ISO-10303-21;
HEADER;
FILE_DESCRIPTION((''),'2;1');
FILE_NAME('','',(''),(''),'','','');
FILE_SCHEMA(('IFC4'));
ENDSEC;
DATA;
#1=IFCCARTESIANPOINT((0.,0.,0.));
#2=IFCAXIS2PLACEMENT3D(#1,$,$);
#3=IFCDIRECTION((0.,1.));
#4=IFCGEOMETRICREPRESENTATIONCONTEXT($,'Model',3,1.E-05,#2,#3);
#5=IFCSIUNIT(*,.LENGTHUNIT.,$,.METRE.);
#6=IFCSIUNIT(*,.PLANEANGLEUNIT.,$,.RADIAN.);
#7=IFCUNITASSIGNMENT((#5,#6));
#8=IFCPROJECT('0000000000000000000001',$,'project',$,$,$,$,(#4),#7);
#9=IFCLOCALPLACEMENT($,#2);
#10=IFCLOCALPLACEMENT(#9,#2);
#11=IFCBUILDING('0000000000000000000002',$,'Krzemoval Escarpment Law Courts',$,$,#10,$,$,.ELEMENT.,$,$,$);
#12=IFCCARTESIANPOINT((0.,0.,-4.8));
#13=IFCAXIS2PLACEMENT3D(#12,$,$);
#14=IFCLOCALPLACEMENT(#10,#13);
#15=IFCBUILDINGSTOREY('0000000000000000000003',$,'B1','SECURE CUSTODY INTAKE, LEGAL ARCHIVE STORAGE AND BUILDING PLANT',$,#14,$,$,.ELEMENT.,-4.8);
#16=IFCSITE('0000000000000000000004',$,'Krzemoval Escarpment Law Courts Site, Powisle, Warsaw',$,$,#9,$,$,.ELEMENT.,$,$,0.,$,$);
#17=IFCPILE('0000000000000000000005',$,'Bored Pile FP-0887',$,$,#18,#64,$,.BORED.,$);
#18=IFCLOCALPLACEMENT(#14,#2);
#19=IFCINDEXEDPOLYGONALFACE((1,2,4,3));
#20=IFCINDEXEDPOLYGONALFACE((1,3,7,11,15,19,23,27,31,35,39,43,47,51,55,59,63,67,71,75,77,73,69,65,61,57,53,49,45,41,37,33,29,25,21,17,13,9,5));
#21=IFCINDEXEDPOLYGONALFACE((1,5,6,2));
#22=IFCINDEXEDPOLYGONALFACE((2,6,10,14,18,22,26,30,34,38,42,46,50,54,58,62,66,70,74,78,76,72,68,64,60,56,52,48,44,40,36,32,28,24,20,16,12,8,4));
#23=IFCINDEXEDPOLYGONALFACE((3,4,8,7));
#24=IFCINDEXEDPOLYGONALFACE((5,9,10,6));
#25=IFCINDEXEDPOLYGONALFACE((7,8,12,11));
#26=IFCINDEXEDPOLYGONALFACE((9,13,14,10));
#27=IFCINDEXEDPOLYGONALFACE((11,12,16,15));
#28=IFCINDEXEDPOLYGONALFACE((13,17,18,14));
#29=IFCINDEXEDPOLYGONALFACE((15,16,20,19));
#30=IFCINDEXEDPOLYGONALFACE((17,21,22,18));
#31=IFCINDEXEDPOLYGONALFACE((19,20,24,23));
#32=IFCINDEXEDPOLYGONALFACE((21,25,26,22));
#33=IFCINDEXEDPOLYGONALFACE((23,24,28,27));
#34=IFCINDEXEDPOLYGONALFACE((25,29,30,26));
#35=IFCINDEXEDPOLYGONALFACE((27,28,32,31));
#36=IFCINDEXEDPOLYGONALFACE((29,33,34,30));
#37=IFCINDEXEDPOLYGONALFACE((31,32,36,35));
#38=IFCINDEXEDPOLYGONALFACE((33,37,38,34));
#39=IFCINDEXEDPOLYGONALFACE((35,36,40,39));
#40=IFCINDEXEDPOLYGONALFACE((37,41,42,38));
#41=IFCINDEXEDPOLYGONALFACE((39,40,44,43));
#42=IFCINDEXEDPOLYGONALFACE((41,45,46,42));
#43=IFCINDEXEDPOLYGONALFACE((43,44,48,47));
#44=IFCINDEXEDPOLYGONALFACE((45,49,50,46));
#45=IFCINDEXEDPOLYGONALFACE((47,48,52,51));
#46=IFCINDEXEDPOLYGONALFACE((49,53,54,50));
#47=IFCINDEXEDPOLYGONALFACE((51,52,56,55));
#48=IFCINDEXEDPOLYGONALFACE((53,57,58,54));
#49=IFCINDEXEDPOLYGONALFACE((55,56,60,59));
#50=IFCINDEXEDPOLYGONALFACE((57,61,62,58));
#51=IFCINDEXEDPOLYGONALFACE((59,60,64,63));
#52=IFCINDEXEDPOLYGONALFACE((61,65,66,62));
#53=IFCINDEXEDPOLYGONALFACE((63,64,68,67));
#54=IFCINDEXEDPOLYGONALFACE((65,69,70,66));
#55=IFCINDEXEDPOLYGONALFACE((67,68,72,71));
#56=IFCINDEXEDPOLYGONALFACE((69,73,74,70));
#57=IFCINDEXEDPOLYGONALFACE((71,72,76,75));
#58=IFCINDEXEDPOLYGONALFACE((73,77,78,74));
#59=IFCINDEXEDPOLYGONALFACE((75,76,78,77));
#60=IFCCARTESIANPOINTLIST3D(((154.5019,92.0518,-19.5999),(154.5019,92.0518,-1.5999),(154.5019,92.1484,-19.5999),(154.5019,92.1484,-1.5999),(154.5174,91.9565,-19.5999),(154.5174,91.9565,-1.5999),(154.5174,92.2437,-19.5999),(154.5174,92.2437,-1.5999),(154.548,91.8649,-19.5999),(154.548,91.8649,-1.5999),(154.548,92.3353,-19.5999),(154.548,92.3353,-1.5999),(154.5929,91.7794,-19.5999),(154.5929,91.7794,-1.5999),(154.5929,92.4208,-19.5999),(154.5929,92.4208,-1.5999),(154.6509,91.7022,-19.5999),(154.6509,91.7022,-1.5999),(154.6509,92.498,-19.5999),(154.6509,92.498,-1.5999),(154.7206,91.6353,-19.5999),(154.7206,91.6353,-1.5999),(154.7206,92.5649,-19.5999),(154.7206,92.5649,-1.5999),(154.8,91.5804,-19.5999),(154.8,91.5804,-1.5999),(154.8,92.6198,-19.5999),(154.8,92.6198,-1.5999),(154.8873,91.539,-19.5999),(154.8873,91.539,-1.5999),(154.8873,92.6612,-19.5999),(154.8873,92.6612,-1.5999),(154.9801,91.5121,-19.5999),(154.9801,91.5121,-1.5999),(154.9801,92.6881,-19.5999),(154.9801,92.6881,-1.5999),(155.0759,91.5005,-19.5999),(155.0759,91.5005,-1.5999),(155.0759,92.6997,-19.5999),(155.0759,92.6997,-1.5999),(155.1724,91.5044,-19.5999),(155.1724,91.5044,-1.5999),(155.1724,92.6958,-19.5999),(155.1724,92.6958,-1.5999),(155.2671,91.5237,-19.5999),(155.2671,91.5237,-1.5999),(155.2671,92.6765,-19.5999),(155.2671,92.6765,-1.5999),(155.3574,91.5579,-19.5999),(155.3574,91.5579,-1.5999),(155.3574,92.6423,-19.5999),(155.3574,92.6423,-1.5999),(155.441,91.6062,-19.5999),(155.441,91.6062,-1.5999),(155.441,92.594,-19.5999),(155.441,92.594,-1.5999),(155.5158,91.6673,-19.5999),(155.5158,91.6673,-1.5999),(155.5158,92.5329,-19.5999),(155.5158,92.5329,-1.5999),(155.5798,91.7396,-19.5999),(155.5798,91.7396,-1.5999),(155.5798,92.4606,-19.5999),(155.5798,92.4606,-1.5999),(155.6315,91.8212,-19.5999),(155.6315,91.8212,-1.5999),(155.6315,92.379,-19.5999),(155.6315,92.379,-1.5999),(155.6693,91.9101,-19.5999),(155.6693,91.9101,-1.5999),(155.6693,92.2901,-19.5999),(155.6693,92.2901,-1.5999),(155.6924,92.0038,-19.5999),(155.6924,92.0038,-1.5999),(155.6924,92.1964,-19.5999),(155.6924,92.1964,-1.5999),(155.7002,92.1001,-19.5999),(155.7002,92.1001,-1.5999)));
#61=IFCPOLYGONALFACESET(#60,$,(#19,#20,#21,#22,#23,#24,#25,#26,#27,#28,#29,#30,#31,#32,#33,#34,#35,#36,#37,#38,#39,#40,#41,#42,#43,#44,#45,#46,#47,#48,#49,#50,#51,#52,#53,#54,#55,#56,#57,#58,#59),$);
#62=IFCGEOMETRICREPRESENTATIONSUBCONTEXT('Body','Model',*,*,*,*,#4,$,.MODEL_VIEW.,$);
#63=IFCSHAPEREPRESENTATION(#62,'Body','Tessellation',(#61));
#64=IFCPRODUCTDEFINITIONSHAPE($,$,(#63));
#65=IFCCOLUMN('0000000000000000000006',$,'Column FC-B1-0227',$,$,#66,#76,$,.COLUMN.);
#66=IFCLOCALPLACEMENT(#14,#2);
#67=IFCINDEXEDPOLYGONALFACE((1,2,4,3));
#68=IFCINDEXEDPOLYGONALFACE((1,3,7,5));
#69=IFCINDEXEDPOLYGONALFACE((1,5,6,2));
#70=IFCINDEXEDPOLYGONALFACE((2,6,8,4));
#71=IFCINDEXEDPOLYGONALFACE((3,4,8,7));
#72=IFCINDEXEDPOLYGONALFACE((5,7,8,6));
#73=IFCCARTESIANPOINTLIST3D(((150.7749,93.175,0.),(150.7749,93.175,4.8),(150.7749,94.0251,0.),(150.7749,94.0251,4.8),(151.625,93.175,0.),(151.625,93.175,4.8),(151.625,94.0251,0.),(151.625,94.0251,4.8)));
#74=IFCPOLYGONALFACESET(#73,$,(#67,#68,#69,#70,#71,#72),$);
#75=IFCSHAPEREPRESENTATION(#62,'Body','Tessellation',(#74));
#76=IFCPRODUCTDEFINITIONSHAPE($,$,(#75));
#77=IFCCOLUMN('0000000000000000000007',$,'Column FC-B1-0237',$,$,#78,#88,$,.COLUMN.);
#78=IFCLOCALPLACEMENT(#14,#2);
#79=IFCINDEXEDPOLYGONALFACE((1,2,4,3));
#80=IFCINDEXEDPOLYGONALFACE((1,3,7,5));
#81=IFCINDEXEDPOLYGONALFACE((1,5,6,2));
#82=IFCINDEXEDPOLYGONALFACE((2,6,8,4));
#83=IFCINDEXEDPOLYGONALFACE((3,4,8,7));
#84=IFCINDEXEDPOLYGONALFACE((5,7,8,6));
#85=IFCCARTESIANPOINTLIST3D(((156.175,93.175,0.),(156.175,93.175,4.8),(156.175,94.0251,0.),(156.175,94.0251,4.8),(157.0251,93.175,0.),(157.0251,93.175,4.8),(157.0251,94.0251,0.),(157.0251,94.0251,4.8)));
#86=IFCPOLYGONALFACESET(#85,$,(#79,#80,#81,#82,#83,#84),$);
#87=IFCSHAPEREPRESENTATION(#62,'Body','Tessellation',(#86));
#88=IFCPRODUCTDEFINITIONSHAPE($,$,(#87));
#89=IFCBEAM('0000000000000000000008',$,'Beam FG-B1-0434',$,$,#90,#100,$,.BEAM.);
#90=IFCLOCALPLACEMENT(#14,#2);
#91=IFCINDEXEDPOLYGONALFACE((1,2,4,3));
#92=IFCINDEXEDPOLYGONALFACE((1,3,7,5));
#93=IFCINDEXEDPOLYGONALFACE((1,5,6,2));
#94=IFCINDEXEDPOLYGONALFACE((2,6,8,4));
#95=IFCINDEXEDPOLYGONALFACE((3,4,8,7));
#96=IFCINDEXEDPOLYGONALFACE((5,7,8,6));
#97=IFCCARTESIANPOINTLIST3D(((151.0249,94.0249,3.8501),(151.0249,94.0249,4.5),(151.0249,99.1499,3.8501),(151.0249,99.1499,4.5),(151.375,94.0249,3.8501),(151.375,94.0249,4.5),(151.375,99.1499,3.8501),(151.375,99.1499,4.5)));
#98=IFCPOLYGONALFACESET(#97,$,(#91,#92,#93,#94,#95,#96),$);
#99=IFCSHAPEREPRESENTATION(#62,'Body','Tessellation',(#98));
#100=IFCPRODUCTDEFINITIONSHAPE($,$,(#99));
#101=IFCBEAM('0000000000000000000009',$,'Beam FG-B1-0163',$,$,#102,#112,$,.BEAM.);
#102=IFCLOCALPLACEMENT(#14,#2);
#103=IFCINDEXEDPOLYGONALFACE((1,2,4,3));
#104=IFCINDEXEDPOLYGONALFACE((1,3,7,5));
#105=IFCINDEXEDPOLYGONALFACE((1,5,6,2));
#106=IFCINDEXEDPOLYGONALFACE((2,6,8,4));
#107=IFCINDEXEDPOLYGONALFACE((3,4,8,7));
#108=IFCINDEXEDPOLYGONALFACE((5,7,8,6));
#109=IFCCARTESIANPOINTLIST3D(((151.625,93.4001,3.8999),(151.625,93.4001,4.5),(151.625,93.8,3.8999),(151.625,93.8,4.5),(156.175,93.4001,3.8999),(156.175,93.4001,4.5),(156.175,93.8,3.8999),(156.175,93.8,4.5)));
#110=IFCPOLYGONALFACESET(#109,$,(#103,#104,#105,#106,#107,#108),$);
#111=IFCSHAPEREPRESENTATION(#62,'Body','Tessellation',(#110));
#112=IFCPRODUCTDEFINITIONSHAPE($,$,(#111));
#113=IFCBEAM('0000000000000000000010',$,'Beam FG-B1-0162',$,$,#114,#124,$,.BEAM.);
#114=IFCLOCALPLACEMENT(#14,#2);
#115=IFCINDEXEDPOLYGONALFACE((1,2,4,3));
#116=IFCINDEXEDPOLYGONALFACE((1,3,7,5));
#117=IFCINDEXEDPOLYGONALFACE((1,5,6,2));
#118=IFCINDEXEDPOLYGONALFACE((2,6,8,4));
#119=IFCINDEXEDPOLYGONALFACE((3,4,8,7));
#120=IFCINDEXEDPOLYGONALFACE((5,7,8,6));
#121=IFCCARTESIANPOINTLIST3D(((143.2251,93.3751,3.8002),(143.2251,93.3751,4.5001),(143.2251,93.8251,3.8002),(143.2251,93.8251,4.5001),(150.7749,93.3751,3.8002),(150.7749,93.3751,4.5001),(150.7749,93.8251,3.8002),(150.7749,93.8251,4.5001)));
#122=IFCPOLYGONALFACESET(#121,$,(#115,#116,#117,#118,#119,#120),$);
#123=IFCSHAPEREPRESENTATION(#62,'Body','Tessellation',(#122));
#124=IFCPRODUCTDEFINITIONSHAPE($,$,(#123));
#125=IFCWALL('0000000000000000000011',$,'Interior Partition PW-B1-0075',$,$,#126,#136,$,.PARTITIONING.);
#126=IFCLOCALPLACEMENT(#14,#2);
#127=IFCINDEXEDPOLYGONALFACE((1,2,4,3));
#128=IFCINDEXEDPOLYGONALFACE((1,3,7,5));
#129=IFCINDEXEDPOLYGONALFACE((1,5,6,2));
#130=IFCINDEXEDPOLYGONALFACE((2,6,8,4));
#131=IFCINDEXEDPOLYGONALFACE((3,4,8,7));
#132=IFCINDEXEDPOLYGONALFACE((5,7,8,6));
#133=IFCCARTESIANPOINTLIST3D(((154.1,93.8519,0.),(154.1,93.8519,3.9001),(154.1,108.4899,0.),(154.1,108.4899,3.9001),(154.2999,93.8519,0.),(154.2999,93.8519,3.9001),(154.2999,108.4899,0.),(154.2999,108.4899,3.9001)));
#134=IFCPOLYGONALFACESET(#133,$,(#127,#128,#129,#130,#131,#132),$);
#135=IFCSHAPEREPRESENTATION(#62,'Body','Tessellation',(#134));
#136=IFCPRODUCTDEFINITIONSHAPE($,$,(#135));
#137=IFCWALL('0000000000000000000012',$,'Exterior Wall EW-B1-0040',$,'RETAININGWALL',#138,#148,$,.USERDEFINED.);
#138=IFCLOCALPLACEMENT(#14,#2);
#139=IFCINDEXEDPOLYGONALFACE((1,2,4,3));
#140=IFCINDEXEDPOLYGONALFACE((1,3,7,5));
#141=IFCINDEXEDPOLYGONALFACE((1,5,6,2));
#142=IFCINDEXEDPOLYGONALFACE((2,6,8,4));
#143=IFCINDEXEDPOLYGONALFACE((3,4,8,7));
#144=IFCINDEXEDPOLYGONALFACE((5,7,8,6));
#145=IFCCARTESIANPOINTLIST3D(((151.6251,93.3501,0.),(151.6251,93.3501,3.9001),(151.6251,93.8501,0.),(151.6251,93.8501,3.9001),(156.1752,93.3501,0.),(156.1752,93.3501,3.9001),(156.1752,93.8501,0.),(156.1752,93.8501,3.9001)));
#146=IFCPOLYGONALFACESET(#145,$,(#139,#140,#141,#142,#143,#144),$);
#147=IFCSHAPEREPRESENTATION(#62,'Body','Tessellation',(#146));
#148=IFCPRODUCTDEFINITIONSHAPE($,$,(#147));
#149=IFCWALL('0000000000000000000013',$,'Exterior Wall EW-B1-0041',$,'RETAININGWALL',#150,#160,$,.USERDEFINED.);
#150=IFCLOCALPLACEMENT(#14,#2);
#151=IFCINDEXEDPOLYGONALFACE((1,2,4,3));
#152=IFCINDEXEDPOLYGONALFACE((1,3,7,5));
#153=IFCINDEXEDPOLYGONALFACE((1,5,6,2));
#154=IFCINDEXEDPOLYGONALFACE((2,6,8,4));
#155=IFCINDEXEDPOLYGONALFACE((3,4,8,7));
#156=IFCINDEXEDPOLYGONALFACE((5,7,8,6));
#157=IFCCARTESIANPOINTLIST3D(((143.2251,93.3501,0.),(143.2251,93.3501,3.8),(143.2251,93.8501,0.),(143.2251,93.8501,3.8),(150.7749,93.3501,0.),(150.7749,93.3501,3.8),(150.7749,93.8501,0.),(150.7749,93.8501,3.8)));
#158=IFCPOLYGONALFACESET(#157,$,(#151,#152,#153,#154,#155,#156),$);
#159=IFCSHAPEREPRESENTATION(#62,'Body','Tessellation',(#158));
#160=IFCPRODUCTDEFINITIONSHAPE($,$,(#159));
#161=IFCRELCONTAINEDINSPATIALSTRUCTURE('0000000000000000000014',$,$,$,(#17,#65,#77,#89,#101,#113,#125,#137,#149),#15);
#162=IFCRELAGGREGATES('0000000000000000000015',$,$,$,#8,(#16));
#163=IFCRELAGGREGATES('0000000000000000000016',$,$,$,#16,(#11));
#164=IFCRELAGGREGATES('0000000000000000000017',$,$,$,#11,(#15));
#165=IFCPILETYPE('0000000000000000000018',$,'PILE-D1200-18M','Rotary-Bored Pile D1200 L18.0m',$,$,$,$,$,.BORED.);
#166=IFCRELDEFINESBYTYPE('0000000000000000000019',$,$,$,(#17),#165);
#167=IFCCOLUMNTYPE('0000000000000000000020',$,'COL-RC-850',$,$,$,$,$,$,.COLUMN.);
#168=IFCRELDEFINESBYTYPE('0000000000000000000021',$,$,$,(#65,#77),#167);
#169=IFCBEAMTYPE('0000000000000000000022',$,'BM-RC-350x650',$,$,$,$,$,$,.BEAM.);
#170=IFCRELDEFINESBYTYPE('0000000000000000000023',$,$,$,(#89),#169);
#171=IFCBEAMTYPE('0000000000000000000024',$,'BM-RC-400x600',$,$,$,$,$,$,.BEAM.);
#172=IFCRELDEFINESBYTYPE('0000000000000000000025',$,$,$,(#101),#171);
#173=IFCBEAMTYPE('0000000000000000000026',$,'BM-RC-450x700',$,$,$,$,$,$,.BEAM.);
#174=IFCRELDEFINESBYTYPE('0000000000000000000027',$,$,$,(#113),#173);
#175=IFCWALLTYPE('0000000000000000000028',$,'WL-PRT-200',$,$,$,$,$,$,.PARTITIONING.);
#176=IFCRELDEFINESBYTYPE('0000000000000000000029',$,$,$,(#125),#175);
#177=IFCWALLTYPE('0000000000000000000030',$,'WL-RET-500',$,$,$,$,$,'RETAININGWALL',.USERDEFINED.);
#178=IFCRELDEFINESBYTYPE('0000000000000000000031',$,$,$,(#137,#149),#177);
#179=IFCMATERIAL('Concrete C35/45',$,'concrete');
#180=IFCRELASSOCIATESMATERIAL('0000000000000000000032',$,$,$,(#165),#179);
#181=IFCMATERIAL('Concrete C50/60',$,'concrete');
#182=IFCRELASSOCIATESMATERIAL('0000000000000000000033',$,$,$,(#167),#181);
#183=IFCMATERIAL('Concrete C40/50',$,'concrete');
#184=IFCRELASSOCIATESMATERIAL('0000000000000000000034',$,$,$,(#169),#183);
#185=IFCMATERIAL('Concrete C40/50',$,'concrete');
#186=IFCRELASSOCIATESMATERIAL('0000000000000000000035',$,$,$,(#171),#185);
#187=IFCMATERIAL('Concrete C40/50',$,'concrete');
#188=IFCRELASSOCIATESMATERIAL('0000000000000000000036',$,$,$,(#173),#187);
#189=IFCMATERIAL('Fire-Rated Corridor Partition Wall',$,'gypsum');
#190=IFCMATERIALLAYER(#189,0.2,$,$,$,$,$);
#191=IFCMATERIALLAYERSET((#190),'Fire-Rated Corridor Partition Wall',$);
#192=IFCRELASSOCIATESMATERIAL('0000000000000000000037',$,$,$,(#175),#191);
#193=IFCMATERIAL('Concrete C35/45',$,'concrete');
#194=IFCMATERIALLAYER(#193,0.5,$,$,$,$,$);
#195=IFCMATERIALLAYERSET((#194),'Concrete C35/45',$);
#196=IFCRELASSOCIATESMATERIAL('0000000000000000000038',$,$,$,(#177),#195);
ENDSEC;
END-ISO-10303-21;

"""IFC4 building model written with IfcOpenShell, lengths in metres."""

from ifc_helpers import new_model, si_unit, direction, frame, frame_2d, origin, origin_2d, place, context, subcontext, project, spatial, rectangle, circle, extrude, material, layer, layer_set, material_profile, profile_set, type_object, element, save


model = new_model("IFC4")

# Units and contexts
model_context = context("Model", 3, precision=1e-05, world=origin(), true_north=direction((0.0, 1.0)))
body_context = subcontext(model_context, "Body", "Model", "MODEL_VIEW")
ifc_project = project(units=[si_unit("LENGTHUNIT", "METRE"), si_unit("PLANEANGLEUNIT", "RADIAN")], contexts=[model_context])

# Site, building, storey
site_placement = place(None, origin())
site = spatial("IfcSite", under=ifc_project, at=site_placement, Name="Krzemoval Escarpment Law Courts Site, Powisle, Warsaw", CompositionType="ELEMENT", RefElevation=0.0)
building_placement = place(site_placement, origin())
building = spatial("IfcBuilding", under=site, at=building_placement, Name="Krzemoval Escarpment Law Courts", CompositionType="ELEMENT")
storey_placement = place(building_placement, frame((0.0, 0.0, -4.8)))
storey = spatial("IfcBuildingStorey", under=building, at=storey_placement, Name="B1", Description="SECURE CUSTODY INTAKE, LEGAL ARCHIVE STORAGE AND BUILDING PLANT", CompositionType="ELEMENT", Elevation=-4.8)

# Pile
ifc_material_1 = material(Name="Concrete C35/45", Category="concrete")
ifc_material_profile_1 = material_profile(ifc_material_1, circle(Radius=0.6001, at=origin_2d()), Name="PILE D1200")
ifc_profile_set_1 = profile_set([ifc_material_profile_1], Name="Concrete C35/45")
pile_type = type_object("IfcPileType", Name="PILE-D1200-18M", Description="Rotary-Bored Pile D1200 L18.0m", PredefinedType="BORED", material=ifc_profile_set_1)
for number, where, z_axis, x_axis, name in (
    (1, (155.1001, 92.1001, -1.5999), (0.0, 0.0, -1.0), (1.0, 0.0, 0.0), "Bored Pile FP-0887"),
):
    element("IfcPile", number, at=place(storey_placement, frame(where, z_axis=z_axis, x_axis=x_axis)), inside=storey, type_object=pile_type, Name=name, PredefinedType="BORED", context=body_context, shape_type="SweptSolid", body=[
        extrude(circle(Radius=0.6001, at=origin_2d()), origin(), (0.0, 0.0, 1.0), 18.0),
    ])

# Columns
ifc_material_2 = material(Name="Concrete C50/60", Category="concrete")
ifc_material_profile_2 = material_profile(ifc_material_2, rectangle(XDim=0.8501, YDim=0.8501, at=origin_2d()), Name="RC 850x850")
ifc_profile_set_2 = profile_set([ifc_material_profile_2], Name="Concrete C50/60")
column_type = type_object("IfcColumnType", Name="COL-RC-850", PredefinedType="COLUMN", material=ifc_profile_set_2)
for number, where, z_axis, x_axis, name in (
    (2, (151.2, 93.6001, 0.0), (0.0, 0.0, 1.0), (1.0, 0.0, 0.0), "Column FC-B1-0227"),
    (3, (156.6001, 93.6001, 0.0), (0.0, 0.0, 1.0), (1.0, 0.0, 0.0), "Column FC-B1-0237"),
):
    element("IfcColumn", number, at=place(storey_placement, frame(where, z_axis=z_axis, x_axis=x_axis)), inside=storey, type_object=column_type, Name=name, PredefinedType="COLUMN", context=body_context, shape_type="SweptSolid", body=[
        extrude(rectangle(XDim=0.8501, YDim=0.8501, at=origin_2d()), origin(), (0.0, 0.0, 1.0), 4.8),
    ])

# Beams
ifc_material_3 = material(Name="Concrete C40/50", Category="concrete")
ifc_material_profile_3 = material_profile(ifc_material_3, rectangle(XDim=0.3501, YDim=0.6499, at=origin_2d()), Name="RCB 350x650")
ifc_profile_set_3 = profile_set([ifc_material_profile_3], Name="Concrete C40/50")
beam_type_1 = type_object("IfcBeamType", Name="BM-RC-350x650", PredefinedType="BEAM", material=ifc_profile_set_3)
beam_1_placement = place(storey_placement, frame((151.2, 94.0249, 4.175), z_axis=(0.0, 1.0, 0.0), x_axis=(-1.0, 0.0, 0.0)))
element("IfcBeam", 4, at=beam_1_placement, inside=storey, type_object=beam_type_1, Name="Beam FG-B1-0434", PredefinedType="BEAM", context=body_context, shape_type="SweptSolid", body=[
    extrude(rectangle(XDim=0.3501, YDim=0.6499, at=origin_2d()), origin(), (0.0, 0.0, 1.0), 5.125),
])
ifc_material_4 = material(Name="Concrete C40/50", Category="concrete")
ifc_material_profile_4 = material_profile(ifc_material_4, rectangle(XDim=0.3999, YDim=0.6001, at=origin_2d()), Name="RCB 400x600")
ifc_profile_set_4 = profile_set([ifc_material_profile_4], Name="Concrete C40/50")
beam_type_2 = type_object("IfcBeamType", Name="BM-RC-400x600", PredefinedType="BEAM", material=ifc_profile_set_4)
beam_2_placement = place(storey_placement, frame((151.625, 93.6001, 4.2), z_axis=(1.0, 0.0, 0.0), x_axis=(0.0, 1.0, 0.0)))
element("IfcBeam", 5, at=beam_2_placement, inside=storey, type_object=beam_type_2, Name="Beam FG-B1-0163", PredefinedType="BEAM", context=body_context, shape_type="SweptSolid", body=[
    extrude(rectangle(XDim=0.3999, YDim=0.6001, at=origin_2d()), origin(), (0.0, 0.0, 1.0), 4.55),
])
ifc_material_5 = material(Name="Concrete C40/50", Category="concrete")
ifc_material_profile_5 = material_profile(ifc_material_5, rectangle(XDim=0.45, YDim=0.7, at=origin_2d()), Name="RCB 450x700")
ifc_profile_set_5 = profile_set([ifc_material_profile_5], Name="Concrete C40/50")
beam_type_3 = type_object("IfcBeamType", Name="BM-RC-450x700", PredefinedType="BEAM", material=ifc_profile_set_5)
beam_3_placement = place(storey_placement, frame((143.2251, 93.6001, 4.1501), z_axis=(1.0, 0.0, 0.0), x_axis=(0.0, 1.0, 0.0)))
element("IfcBeam", 6, at=beam_3_placement, inside=storey, type_object=beam_type_3, Name="Beam FG-B1-0162", PredefinedType="BEAM", context=body_context, shape_type="SweptSolid", body=[
    extrude(rectangle(XDim=0.45, YDim=0.7, at=origin_2d()), origin(), (0.0, 0.0, 1.0), 7.5498),
])

# Walls
ifc_material_6 = material(Name="Fire-Rated Corridor Partition Wall", Category="gypsum")
ifc_layer_1 = layer(ifc_material_6, 0.2)
ifc_layer_set_1 = layer_set([ifc_layer_1], Name="Fire-Rated Corridor Partition Wall")
wall_type_1 = type_object("IfcWallType", Name="WL-PRT-200", PredefinedType="PARTITIONING", material=ifc_layer_set_1)
wall_1_placement = place(storey_placement, frame((154.2, 93.8521, 0.0), z_axis=(0.0, 0.0, 1.0), x_axis=(0.0, 1.0, 0.0)))
element("IfcWall", 7, at=wall_1_placement, inside=storey, type_object=wall_type_1, Name="Interior Partition PW-B1-0075", PredefinedType="PARTITIONING", context=body_context, shape_type="SweptSolid", body=[
    extrude(rectangle(XDim=14.6379, YDim=0.2, at=frame_2d((7.3188, 0.0))), origin(), (0.0, 0.0, 1.0), 3.9001),
])
ifc_material_7 = material(Name="Concrete C35/45", Category="concrete")
ifc_layer_2 = layer(ifc_material_7, 0.5)
ifc_layer_set_2 = layer_set([ifc_layer_2], Name="Concrete C35/45")
wall_type_2 = type_object("IfcWallType", Name="WL-RET-500", ElementType="RETAININGWALL", PredefinedType="USERDEFINED", material=ifc_layer_set_2)
wall_2_placement = place(storey_placement, frame((156.175, 93.6001, 0.0), z_axis=(0.0, 0.0, 1.0), x_axis=(-1.0, 0.0, 0.0)))
element("IfcWall", 8, at=wall_2_placement, inside=storey, type_object=wall_type_2, Name="Exterior Wall EW-B1-0040", ObjectType="RETAININGWALL", PredefinedType="USERDEFINED", context=body_context, shape_type="SweptSolid", body=[
    extrude(rectangle(XDim=4.55, YDim=0.5, at=frame_2d((2.2749, 0.0))), origin(), (0.0, 0.0, 1.0), 3.9001),
])
wall_3_placement = place(storey_placement, frame((150.7749, 93.6001, 0.0), z_axis=(0.0, 0.0, 1.0), x_axis=(-1.0, 0.0, 0.0)))
element("IfcWall", 9, at=wall_3_placement, inside=storey, type_object=wall_type_2, Name="Exterior Wall EW-B1-0041", ObjectType="RETAININGWALL", PredefinedType="USERDEFINED", context=body_context, shape_type="SweptSolid", body=[
    extrude(rectangle(XDim=7.5498, YDim=0.5, at=frame_2d((3.7749, 0.0))), origin(), (0.0, 0.0, 1.0), 3.8),
])

save(model, "model.ifc")
